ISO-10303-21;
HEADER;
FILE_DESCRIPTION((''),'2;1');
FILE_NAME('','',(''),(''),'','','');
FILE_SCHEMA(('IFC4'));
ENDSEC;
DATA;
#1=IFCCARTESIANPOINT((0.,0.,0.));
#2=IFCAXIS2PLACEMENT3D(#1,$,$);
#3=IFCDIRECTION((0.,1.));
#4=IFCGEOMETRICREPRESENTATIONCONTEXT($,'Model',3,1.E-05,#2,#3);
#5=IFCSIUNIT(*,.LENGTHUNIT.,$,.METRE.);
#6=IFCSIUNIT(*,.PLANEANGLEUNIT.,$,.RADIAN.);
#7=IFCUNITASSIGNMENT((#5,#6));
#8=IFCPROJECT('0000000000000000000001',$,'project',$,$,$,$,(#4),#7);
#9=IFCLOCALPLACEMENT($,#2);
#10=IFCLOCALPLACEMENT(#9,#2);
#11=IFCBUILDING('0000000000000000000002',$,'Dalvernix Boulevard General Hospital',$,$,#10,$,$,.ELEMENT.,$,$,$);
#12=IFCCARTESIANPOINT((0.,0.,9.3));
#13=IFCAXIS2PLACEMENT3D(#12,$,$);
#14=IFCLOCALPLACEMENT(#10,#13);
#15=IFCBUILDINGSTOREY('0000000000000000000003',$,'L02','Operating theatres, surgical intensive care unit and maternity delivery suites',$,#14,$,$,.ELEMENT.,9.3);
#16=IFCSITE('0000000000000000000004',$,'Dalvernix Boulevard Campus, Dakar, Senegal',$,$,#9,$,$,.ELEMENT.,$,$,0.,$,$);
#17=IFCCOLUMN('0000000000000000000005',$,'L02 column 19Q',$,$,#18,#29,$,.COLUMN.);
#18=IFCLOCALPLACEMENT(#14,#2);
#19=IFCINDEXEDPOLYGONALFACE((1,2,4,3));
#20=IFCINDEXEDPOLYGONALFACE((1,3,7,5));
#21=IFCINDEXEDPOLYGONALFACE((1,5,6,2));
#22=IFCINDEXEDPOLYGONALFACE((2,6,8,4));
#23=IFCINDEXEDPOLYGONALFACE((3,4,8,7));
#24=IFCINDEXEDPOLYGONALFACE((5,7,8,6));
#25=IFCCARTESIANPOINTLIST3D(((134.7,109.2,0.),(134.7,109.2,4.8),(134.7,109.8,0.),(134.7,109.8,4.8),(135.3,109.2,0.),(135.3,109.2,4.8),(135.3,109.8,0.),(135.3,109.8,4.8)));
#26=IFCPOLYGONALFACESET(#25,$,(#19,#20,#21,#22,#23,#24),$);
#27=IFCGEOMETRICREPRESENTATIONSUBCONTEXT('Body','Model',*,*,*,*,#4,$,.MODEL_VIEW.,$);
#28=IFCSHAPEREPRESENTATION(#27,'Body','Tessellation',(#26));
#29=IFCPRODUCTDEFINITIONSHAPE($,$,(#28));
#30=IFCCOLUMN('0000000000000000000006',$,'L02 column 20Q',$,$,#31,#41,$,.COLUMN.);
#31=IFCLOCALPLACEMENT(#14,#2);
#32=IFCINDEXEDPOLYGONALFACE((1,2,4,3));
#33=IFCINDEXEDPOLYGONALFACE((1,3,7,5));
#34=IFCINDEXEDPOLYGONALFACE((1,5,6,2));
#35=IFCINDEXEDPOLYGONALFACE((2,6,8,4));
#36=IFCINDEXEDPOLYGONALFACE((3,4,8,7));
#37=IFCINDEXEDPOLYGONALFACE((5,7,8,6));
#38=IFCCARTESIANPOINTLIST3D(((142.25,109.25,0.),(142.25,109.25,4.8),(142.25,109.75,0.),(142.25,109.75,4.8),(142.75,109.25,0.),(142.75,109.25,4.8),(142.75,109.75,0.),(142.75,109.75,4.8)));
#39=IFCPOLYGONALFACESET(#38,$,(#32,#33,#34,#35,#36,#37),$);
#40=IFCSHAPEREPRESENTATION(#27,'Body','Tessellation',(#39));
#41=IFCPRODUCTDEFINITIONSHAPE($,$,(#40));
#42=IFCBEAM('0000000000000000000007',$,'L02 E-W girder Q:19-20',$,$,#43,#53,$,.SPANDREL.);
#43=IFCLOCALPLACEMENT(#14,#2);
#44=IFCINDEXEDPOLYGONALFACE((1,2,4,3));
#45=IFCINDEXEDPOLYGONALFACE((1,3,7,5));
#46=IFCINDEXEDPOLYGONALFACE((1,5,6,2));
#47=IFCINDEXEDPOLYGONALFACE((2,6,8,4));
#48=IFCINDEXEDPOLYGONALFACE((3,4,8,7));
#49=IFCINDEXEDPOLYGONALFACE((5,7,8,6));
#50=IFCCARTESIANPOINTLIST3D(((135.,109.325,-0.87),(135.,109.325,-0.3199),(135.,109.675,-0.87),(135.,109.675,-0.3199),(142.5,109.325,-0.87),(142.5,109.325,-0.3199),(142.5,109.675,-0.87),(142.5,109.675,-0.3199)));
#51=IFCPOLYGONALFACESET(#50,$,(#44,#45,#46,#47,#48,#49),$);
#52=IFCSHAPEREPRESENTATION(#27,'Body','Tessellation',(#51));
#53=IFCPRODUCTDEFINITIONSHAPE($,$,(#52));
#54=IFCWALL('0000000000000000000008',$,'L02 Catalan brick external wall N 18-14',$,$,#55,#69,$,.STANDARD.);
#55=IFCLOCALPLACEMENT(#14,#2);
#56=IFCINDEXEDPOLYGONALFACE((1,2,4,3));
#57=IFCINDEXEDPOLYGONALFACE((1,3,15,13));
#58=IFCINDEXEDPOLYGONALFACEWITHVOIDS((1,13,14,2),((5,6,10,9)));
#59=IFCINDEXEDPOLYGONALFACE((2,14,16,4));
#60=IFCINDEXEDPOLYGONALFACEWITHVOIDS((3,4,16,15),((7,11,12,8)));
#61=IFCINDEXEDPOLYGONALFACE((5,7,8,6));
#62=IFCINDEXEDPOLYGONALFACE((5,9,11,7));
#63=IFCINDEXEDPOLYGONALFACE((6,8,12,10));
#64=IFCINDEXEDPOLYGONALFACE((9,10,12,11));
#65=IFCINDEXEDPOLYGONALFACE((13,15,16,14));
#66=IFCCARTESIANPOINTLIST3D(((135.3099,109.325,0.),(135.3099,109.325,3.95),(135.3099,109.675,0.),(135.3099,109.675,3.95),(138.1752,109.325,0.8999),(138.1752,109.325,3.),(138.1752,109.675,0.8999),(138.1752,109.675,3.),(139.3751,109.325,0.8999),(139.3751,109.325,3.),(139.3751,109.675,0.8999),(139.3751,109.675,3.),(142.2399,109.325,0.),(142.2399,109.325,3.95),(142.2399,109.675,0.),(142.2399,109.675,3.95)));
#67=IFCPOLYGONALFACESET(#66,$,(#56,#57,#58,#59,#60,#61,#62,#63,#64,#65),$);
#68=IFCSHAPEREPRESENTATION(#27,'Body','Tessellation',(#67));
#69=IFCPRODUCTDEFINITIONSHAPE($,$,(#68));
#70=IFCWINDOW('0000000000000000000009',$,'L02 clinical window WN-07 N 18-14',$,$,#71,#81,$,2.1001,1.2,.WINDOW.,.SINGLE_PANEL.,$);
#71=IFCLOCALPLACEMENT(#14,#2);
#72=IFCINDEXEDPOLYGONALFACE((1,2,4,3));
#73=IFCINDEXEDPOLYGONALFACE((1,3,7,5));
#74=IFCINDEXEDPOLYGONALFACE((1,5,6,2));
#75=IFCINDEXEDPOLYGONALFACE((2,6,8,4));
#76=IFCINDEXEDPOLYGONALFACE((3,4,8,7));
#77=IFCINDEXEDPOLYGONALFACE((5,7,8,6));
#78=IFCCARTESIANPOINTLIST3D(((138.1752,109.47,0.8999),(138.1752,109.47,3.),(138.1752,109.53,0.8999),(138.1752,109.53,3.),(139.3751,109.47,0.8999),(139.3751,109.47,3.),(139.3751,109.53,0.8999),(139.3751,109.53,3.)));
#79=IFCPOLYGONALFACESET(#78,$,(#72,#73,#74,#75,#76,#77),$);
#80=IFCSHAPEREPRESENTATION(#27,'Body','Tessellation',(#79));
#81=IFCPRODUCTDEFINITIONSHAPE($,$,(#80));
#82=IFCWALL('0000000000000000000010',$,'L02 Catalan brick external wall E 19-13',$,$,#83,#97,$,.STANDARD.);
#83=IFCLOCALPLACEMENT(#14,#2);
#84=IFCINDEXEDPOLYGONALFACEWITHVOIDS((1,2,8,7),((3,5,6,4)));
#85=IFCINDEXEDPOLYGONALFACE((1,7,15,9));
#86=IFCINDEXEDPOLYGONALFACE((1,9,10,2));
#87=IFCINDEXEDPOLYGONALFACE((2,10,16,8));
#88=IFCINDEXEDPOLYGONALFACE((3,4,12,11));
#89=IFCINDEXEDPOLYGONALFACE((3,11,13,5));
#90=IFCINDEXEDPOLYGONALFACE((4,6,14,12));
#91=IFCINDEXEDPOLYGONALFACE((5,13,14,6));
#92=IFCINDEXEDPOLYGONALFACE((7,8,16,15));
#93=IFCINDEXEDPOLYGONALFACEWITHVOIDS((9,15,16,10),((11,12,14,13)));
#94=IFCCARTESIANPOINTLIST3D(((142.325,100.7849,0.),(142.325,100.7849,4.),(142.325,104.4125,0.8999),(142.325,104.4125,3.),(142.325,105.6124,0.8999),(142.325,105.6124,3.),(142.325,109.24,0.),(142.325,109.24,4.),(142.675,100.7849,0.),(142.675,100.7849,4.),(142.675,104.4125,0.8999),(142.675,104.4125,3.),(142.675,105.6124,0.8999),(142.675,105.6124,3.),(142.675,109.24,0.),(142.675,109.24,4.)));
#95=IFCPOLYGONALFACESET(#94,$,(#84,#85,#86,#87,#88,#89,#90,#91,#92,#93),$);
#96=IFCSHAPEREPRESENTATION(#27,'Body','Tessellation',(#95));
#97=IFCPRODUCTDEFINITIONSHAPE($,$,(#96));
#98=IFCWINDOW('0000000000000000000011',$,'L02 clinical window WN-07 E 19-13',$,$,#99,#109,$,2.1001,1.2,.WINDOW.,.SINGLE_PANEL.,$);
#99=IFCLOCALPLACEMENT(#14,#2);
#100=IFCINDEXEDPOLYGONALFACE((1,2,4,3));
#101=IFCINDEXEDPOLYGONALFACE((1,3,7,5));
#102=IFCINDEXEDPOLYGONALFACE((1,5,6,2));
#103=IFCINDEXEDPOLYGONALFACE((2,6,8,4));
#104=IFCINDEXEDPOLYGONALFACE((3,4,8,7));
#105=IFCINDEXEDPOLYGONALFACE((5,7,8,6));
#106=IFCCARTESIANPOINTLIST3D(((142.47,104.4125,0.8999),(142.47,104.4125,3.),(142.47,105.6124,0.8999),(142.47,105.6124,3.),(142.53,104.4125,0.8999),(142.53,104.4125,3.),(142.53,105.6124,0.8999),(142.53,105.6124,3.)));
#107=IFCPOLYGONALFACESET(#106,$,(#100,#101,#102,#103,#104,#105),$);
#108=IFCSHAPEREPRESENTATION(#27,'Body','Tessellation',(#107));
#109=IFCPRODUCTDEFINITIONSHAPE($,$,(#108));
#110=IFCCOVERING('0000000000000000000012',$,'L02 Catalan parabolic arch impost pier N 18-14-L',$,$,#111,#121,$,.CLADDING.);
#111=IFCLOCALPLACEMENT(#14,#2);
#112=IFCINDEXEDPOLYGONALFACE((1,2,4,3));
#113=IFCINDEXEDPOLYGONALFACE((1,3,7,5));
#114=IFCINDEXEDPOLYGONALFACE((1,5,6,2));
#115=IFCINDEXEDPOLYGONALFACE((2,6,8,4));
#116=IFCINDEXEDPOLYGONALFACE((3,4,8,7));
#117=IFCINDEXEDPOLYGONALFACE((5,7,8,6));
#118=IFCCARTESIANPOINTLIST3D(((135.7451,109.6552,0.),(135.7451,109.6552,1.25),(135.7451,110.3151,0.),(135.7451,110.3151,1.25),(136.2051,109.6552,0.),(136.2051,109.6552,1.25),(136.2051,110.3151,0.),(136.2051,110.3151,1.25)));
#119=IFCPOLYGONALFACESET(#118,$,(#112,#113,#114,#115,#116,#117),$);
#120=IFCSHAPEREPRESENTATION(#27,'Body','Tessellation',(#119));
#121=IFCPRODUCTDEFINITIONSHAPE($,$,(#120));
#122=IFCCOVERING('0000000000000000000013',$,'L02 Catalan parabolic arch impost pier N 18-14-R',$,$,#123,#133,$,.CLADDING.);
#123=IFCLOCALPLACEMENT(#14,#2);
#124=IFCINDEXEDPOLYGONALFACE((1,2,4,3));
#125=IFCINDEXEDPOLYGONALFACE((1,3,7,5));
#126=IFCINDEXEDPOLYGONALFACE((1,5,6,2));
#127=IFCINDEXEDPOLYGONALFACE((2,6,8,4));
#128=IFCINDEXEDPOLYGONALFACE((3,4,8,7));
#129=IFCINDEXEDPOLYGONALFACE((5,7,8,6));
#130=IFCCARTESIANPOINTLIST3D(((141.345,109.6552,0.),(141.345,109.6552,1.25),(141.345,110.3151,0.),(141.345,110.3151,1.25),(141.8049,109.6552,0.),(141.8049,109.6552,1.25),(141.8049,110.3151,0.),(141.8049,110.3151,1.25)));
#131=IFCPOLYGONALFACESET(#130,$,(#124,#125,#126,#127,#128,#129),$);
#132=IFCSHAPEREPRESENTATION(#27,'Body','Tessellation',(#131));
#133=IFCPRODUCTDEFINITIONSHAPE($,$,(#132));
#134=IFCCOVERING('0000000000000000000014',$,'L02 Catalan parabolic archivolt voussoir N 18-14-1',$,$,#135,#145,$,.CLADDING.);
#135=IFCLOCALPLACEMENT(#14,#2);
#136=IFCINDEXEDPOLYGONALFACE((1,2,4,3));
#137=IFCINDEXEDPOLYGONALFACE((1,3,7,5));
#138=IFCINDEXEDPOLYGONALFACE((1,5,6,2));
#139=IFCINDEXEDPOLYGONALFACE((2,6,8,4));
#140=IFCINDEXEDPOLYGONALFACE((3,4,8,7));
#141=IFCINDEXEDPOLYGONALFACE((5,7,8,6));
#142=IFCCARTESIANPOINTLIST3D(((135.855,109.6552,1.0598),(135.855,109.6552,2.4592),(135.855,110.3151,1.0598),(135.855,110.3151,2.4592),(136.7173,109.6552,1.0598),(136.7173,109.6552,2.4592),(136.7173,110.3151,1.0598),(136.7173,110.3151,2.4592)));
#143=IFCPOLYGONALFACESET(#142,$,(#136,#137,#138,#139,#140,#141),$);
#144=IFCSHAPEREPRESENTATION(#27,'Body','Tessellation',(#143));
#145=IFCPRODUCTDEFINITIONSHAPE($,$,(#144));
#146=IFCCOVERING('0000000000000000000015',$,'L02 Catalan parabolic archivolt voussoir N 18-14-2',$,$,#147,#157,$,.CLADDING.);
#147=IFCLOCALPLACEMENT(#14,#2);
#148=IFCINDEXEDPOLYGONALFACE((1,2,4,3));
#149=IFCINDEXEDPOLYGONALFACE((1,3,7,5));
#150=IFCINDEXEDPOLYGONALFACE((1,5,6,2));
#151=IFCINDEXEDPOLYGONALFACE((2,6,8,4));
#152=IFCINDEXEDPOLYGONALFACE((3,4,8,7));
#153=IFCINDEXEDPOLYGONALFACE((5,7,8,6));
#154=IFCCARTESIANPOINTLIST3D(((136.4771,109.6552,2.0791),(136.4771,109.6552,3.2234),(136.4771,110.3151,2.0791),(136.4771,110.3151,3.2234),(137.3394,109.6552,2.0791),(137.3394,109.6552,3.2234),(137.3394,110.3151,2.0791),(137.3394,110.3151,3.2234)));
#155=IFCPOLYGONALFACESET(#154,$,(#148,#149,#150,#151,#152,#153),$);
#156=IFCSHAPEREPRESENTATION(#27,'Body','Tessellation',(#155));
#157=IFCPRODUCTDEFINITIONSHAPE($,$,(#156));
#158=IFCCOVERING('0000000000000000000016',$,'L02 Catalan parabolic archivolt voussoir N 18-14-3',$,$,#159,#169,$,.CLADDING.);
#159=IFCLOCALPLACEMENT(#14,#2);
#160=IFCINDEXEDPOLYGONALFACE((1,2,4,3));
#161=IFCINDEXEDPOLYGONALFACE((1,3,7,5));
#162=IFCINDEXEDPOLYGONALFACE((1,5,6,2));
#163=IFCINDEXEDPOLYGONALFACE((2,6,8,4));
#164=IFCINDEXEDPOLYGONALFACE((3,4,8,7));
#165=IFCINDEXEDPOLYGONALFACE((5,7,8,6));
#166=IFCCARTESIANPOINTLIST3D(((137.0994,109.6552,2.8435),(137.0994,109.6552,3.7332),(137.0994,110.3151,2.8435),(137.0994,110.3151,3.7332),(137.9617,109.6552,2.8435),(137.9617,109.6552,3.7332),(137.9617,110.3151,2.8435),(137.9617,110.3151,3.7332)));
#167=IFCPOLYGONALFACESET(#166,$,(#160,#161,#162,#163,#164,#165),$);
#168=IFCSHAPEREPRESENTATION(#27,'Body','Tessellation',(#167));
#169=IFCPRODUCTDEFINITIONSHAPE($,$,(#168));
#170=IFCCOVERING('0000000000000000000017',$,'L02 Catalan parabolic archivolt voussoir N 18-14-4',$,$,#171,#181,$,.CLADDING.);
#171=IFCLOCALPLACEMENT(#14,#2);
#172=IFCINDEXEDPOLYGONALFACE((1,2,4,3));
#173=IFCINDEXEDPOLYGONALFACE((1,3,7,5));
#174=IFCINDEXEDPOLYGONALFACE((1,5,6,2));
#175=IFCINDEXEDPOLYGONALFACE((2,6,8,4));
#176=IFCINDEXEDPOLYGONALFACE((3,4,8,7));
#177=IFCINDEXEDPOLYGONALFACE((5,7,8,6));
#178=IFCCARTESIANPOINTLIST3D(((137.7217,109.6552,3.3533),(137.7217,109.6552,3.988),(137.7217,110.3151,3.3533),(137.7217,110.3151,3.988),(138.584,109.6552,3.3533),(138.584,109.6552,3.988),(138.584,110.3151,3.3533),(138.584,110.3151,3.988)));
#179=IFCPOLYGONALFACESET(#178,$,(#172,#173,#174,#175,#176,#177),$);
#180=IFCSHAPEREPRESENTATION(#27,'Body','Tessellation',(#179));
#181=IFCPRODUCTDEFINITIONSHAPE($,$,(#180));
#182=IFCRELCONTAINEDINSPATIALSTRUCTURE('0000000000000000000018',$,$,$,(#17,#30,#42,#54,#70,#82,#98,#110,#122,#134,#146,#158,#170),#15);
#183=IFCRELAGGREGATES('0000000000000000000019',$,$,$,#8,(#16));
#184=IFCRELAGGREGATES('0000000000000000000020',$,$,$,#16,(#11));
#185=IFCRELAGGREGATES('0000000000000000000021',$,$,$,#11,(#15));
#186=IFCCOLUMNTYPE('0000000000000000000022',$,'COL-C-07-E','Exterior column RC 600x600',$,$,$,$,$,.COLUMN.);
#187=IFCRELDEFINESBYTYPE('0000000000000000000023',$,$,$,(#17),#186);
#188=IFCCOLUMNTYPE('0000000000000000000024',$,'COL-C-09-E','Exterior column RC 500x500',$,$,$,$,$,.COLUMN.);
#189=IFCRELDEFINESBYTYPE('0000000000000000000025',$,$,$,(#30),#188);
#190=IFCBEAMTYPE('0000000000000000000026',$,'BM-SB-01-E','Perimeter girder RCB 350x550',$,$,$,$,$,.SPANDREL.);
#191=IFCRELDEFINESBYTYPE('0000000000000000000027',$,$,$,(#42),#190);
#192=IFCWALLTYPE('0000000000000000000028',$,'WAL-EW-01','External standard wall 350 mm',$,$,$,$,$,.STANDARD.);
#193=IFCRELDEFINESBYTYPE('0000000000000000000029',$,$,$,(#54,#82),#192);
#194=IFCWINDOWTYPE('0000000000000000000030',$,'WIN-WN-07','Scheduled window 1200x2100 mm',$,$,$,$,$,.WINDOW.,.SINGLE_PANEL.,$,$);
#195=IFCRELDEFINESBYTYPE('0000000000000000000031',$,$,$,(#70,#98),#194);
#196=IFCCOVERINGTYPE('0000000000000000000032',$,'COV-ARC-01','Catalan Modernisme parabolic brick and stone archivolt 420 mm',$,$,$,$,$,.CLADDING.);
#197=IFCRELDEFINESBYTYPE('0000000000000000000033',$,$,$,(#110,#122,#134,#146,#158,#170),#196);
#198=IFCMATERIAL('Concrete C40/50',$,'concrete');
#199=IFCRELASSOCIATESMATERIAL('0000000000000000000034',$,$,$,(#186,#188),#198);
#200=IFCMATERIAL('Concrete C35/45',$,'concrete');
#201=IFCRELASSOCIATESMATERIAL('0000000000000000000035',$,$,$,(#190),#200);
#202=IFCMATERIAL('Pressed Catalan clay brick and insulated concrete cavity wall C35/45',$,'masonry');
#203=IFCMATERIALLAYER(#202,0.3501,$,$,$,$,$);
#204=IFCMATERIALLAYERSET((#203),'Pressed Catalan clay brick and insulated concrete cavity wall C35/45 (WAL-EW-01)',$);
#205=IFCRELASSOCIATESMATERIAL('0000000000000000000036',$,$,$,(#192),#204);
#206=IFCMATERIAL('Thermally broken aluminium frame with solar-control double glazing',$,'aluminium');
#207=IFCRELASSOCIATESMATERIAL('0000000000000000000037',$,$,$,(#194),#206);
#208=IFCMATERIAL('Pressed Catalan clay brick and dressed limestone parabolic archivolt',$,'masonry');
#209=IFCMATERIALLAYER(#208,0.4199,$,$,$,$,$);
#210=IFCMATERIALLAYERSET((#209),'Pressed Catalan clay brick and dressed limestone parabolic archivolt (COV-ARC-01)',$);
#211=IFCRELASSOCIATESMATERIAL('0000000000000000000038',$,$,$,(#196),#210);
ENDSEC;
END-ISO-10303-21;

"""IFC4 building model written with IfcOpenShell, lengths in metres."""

from ifc_helpers import new_model, si_unit, direction, frame, frame_2d, origin, origin_2d, place, context, subcontext, project, spatial, rectangle, extrude, material, layer, layer_set, material_profile, profile_set, type_object, element, fill, save


model = new_model("IFC4")

# Units and contexts
model_context = context("Model", 3, precision=1e-05, world=origin(), true_north=direction((0.0, 1.0)))
body_context = subcontext(model_context, "Body", "Model", "MODEL_VIEW")
ifc_project = project(units=[si_unit("LENGTHUNIT", "METRE"), si_unit("PLANEANGLEUNIT", "RADIAN")], contexts=[model_context])

# Site, building, storey
site_placement = place(None, origin())
site = spatial("IfcSite", under=ifc_project, at=site_placement, Name="Dalvernix Boulevard Campus, Dakar, Senegal", CompositionType="ELEMENT", RefElevation=0.0)
building_placement = place(site_placement, origin())
building = spatial("IfcBuilding", under=site, at=building_placement, Name="Dalvernix Boulevard General Hospital", CompositionType="ELEMENT")
storey_placement = place(building_placement, frame((0.0, 0.0, 9.3)))
storey = spatial("IfcBuildingStorey", under=building, at=storey_placement, Name="L02", Description="Operating theatres, surgical intensive care unit and maternity delivery suites", CompositionType="ELEMENT", Elevation=9.3)

# Columns
ifc_material_1 = material(Name="Concrete C40/50", Category="concrete")
ifc_material_profile_1 = material_profile(ifc_material_1, rectangle(XDim=0.6001, YDim=0.6001, at=origin_2d()), Name="RC 600x600")
ifc_profile_set_1 = profile_set([ifc_material_profile_1], Name="Concrete C40/50")
column_type_1 = type_object("IfcColumnType", Name="COL-C-07-E", Description="Exterior column RC 600x600", PredefinedType="COLUMN", material=ifc_profile_set_1)
column_1_placement = place(storey_placement, frame((135.0, 109.5, 0.0), z_axis=(0.0, 0.0, 1.0), x_axis=(1.0, 0.0, 0.0)))
element("IfcColumn", 1, at=column_1_placement, inside=storey, type_object=column_type_1, Name="L02 column 19Q", PredefinedType="COLUMN", context=body_context, shape_type="SweptSolid", body=[
    extrude(rectangle(XDim=0.6001, YDim=0.6001, at=origin_2d()), origin(), (0.0, 0.0, 1.0), 4.8),
])
ifc_material_profile_2 = material_profile(ifc_material_1, rectangle(XDim=0.5, YDim=0.5, at=origin_2d()), Name="RC 500x500")
ifc_profile_set_2 = profile_set([ifc_material_profile_2], Name="Concrete C40/50")
column_type_2 = type_object("IfcColumnType", Name="COL-C-09-E", Description="Exterior column RC 500x500", PredefinedType="COLUMN", material=ifc_profile_set_2)
column_2_placement = place(storey_placement, frame((142.5, 109.5, 0.0), z_axis=(0.0, 0.0, 1.0), x_axis=(1.0, 0.0, 0.0)))
element("IfcColumn", 2, at=column_2_placement, inside=storey, type_object=column_type_2, Name="L02 column 20Q", PredefinedType="COLUMN", context=body_context, shape_type="SweptSolid", body=[
    extrude(rectangle(XDim=0.5, YDim=0.5, at=origin_2d()), origin(), (0.0, 0.0, 1.0), 4.8),
])

# Beam
ifc_material_2 = material(Name="Concrete C35/45", Category="concrete")
ifc_material_profile_3 = material_profile(ifc_material_2, rectangle(XDim=0.3501, YDim=0.55, at=origin_2d()), Name="RCB 350x550")
ifc_profile_set_3 = profile_set([ifc_material_profile_3], Name="Concrete C35/45")
beam_type = type_object("IfcBeamType", Name="BM-SB-01-E", Description="Perimeter girder RCB 350x550", PredefinedType="SPANDREL", material=ifc_profile_set_3)
beam_placement = place(storey_placement, frame((135.0, 109.5, -0.595), z_axis=(1.0, 0.0, 0.0), x_axis=(0.0, 1.0, 0.0)))
element("IfcBeam", 3, at=beam_placement, inside=storey, type_object=beam_type, Name="L02 E-W girder Q:19-20", PredefinedType="SPANDREL", context=body_context, shape_type="SweptSolid", body=[
    extrude(rectangle(XDim=0.3501, YDim=0.55, at=origin_2d()), origin(), (0.0, 0.0, 1.0), 7.5),
])

# Walls, openings, windows
ifc_material_3 = material(Name="Pressed Catalan clay brick and insulated concrete cavity wall C35/45", Category="masonry")
ifc_layer_1 = layer(ifc_material_3, 0.3501)
ifc_layer_set_1 = layer_set([ifc_layer_1], Name="Pressed Catalan clay brick and insulated concrete cavity wall C35/45 (WAL-EW-01)")
wall_type = type_object("IfcWallType", Name="WAL-EW-01", Description="External standard wall 350 mm", PredefinedType="STANDARD", material=ifc_layer_set_1)
wall_1_placement = place(storey_placement, frame((135.3101, 109.5, 0.0), z_axis=(0.0, 0.0, 1.0), x_axis=(1.0, 0.0, 0.0)))
wall_1 = element("IfcWall", 4, at=wall_1_placement, inside=storey, type_object=wall_type, Name="L02 Catalan brick external wall N 18-14", PredefinedType="STANDARD", context=body_context, shape_type="SweptSolid", body=[
    extrude(rectangle(XDim=6.9299, YDim=0.3501, at=frame_2d((3.4648, 0.0))), origin(), (0.0, 0.0, 1.0), 3.95),
])
opening_1_placement = place(wall_1_placement, frame((2.865, 0.0, 0.8999)))
opening_1 = element("IfcOpeningElement", 5, at=opening_1_placement, cuts=wall_1, PredefinedType="OPENING", context=body_context, shape_type="SweptSolid", body=[
    extrude(rectangle(XDim=1.2, YDim=2.1001, at=frame_2d((0.6001, 1.05))), frame((0.0, 0.1851, 0.0), z_axis=(0.0, -1.0, 0.0), x_axis=(1.0, 0.0, 0.0)), (0.0, 0.0, 1.0), 0.3701),
])
ifc_material_4 = material(Name="Thermally broken aluminium frame with solar-control double glazing", Category="aluminium")
window_type = type_object("IfcWindowType", Name="WIN-WN-07", Description="Scheduled window 1200x2100 mm", PartitioningType="SINGLE_PANEL", PredefinedType="WINDOW", material=ifc_material_4)
window_1_placement = place(opening_1_placement, origin())
window_1 = element("IfcWindow", 6, at=window_1_placement, inside=storey, type_object=window_type, Name="L02 clinical window WN-07 N 18-14", OverallHeight=2.1001, OverallWidth=1.2, PartitioningType="SINGLE_PANEL", PredefinedType="WINDOW", context=body_context, shape_type="SweptSolid", body=[
    extrude(rectangle(XDim=1.2, YDim=2.1001, at=frame_2d((0.6001, 1.05))), frame((0.0, 0.03, 0.0), z_axis=(0.0, -1.0, 0.0), x_axis=(1.0, 0.0, 0.0)), (0.0, 0.0, 1.0), 0.0601),
])
fill(opening_1, window_1)
wall_2_placement = place(storey_placement, frame((142.5, 109.24, 0.0), z_axis=(0.0, 0.0, 1.0), x_axis=(0.0, -1.0, 0.0)))
wall_2 = element("IfcWall", 7, at=wall_2_placement, inside=storey, type_object=wall_type, Name="L02 Catalan brick external wall E 19-13", PredefinedType="STANDARD", context=body_context, shape_type="SweptSolid", body=[
    extrude(rectangle(XDim=8.4551, YDim=0.3501, at=frame_2d((4.2275, 0.0))), origin(), (0.0, 0.0, 1.0), 4.0),
])
opening_2_placement = place(wall_2_placement, frame((3.6274, 0.0, 0.8999)))
opening_2 = element("IfcOpeningElement", 8, at=opening_2_placement, cuts=wall_2, PredefinedType="OPENING", context=body_context, shape_type="SweptSolid", body=[
    extrude(rectangle(XDim=1.2, YDim=2.1001, at=frame_2d((0.6001, 1.05))), frame((0.0, 0.1851, 0.0), z_axis=(0.0, -1.0, 0.0), x_axis=(1.0, 0.0, 0.0)), (0.0, 0.0, 1.0), 0.3701),
])
window_2_placement = place(opening_2_placement, origin())
window_2 = element("IfcWindow", 9, at=window_2_placement, inside=storey, type_object=window_type, Name="L02 clinical window WN-07 E 19-13", OverallHeight=2.1001, OverallWidth=1.2, PartitioningType="SINGLE_PANEL", PredefinedType="WINDOW", context=body_context, shape_type="SweptSolid", body=[
    extrude(rectangle(XDim=1.2, YDim=2.1001, at=frame_2d((0.6001, 1.05))), frame((0.0, 0.03, 0.0), z_axis=(0.0, -1.0, 0.0), x_axis=(1.0, 0.0, 0.0)), (0.0, 0.0, 1.0), 0.0601),
])
fill(opening_2, window_2)

# Coverings
ifc_material_5 = material(Name="Pressed Catalan clay brick and dressed limestone parabolic archivolt", Category="masonry")
ifc_layer_2 = layer(ifc_material_5, 0.4199)
ifc_layer_set_2 = layer_set([ifc_layer_2], Name="Pressed Catalan clay brick and dressed limestone parabolic archivolt (COV-ARC-01)")
covering_type_1 = type_object("IfcCoveringType", Name="COV-ARC-01", Description="Catalan Modernisme parabolic brick and stone archivolt 420 mm", PredefinedType="CLADDING", material=ifc_layer_set_2)
for number, where, z_axis, x_axis, name in (
    (10, (135.9751, 109.9851, 0.0), (0.0, 0.0, 1.0), (1.0, 0.0, 0.0), "L02 Catalan parabolic arch impost pier N 18-14-L"),
    (11, (141.575, 109.9851, 0.0), (0.0, 0.0, 1.0), (1.0, 0.0, 0.0), "L02 Catalan parabolic arch impost pier N 18-14-R"),
):
    element("IfcCovering", number, at=place(storey_placement, frame(where, z_axis=z_axis, x_axis=x_axis)), inside=storey, type_object=covering_type_1, Name=name, PredefinedType="CLADDING", context=body_context, shape_type="SweptSolid", body=[
        extrude(rectangle(XDim=0.46, YDim=0.6599, at=origin_2d()), origin(), (0.0, 0.0, 1.0), 1.25),
    ])
covering_1_placement = place(storey_placement, frame((136.2861, 109.9851, 1.0598), z_axis=(0.0, 0.0, 1.0), x_axis=(1.0, 0.0, 0.0)))
element("IfcCovering", 12, at=covering_1_placement, inside=storey, type_object=covering_type_1, Name="L02 Catalan parabolic archivolt voussoir N 18-14-1", PredefinedType="CLADDING", context=body_context, shape_type="SweptSolid", body=[
    extrude(rectangle(XDim=0.8623, YDim=0.6599, at=origin_2d()), origin(), (0.0, 0.0, 1.0), 1.3994),
])
covering_2_placement = place(storey_placement, frame((136.9082, 109.9851, 2.0791), z_axis=(0.0, 0.0, 1.0), x_axis=(1.0, 0.0, 0.0)))
element("IfcCovering", 13, at=covering_2_placement, inside=storey, type_object=covering_type_1, Name="L02 Catalan parabolic archivolt voussoir N 18-14-2", PredefinedType="CLADDING", context=body_context, shape_type="SweptSolid", body=[
    extrude(rectangle(XDim=0.8623, YDim=0.6599, at=origin_2d()), origin(), (0.0, 0.0, 1.0), 1.1443),
])
covering_3_placement = place(storey_placement, frame((137.5305, 109.9851, 2.8435), z_axis=(0.0, 0.0, 1.0), x_axis=(1.0, 0.0, 0.0)))
element("IfcCovering", 14, at=covering_3_placement, inside=storey, type_object=covering_type_1, Name="L02 Catalan parabolic archivolt voussoir N 18-14-3", PredefinedType="CLADDING", context=body_context, shape_type="SweptSolid", body=[
    extrude(rectangle(XDim=0.8623, YDim=0.6599, at=origin_2d()), origin(), (0.0, 0.0, 1.0), 0.8896),
])
covering_4_placement = place(storey_placement, frame((138.1528, 109.9851, 3.3533), z_axis=(0.0, 0.0, 1.0), x_axis=(1.0, 0.0, 0.0)))
element("IfcCovering", 15, at=covering_4_placement, inside=storey, type_object=covering_type_1, Name="L02 Catalan parabolic archivolt voussoir N 18-14-4", PredefinedType="CLADDING", context=body_context, shape_type="SweptSolid", body=[
    extrude(rectangle(XDim=0.8623, YDim=0.6599, at=origin_2d()), origin(), (0.0, 0.0, 1.0), 0.6348),
])

save(model, "model.ifc")
